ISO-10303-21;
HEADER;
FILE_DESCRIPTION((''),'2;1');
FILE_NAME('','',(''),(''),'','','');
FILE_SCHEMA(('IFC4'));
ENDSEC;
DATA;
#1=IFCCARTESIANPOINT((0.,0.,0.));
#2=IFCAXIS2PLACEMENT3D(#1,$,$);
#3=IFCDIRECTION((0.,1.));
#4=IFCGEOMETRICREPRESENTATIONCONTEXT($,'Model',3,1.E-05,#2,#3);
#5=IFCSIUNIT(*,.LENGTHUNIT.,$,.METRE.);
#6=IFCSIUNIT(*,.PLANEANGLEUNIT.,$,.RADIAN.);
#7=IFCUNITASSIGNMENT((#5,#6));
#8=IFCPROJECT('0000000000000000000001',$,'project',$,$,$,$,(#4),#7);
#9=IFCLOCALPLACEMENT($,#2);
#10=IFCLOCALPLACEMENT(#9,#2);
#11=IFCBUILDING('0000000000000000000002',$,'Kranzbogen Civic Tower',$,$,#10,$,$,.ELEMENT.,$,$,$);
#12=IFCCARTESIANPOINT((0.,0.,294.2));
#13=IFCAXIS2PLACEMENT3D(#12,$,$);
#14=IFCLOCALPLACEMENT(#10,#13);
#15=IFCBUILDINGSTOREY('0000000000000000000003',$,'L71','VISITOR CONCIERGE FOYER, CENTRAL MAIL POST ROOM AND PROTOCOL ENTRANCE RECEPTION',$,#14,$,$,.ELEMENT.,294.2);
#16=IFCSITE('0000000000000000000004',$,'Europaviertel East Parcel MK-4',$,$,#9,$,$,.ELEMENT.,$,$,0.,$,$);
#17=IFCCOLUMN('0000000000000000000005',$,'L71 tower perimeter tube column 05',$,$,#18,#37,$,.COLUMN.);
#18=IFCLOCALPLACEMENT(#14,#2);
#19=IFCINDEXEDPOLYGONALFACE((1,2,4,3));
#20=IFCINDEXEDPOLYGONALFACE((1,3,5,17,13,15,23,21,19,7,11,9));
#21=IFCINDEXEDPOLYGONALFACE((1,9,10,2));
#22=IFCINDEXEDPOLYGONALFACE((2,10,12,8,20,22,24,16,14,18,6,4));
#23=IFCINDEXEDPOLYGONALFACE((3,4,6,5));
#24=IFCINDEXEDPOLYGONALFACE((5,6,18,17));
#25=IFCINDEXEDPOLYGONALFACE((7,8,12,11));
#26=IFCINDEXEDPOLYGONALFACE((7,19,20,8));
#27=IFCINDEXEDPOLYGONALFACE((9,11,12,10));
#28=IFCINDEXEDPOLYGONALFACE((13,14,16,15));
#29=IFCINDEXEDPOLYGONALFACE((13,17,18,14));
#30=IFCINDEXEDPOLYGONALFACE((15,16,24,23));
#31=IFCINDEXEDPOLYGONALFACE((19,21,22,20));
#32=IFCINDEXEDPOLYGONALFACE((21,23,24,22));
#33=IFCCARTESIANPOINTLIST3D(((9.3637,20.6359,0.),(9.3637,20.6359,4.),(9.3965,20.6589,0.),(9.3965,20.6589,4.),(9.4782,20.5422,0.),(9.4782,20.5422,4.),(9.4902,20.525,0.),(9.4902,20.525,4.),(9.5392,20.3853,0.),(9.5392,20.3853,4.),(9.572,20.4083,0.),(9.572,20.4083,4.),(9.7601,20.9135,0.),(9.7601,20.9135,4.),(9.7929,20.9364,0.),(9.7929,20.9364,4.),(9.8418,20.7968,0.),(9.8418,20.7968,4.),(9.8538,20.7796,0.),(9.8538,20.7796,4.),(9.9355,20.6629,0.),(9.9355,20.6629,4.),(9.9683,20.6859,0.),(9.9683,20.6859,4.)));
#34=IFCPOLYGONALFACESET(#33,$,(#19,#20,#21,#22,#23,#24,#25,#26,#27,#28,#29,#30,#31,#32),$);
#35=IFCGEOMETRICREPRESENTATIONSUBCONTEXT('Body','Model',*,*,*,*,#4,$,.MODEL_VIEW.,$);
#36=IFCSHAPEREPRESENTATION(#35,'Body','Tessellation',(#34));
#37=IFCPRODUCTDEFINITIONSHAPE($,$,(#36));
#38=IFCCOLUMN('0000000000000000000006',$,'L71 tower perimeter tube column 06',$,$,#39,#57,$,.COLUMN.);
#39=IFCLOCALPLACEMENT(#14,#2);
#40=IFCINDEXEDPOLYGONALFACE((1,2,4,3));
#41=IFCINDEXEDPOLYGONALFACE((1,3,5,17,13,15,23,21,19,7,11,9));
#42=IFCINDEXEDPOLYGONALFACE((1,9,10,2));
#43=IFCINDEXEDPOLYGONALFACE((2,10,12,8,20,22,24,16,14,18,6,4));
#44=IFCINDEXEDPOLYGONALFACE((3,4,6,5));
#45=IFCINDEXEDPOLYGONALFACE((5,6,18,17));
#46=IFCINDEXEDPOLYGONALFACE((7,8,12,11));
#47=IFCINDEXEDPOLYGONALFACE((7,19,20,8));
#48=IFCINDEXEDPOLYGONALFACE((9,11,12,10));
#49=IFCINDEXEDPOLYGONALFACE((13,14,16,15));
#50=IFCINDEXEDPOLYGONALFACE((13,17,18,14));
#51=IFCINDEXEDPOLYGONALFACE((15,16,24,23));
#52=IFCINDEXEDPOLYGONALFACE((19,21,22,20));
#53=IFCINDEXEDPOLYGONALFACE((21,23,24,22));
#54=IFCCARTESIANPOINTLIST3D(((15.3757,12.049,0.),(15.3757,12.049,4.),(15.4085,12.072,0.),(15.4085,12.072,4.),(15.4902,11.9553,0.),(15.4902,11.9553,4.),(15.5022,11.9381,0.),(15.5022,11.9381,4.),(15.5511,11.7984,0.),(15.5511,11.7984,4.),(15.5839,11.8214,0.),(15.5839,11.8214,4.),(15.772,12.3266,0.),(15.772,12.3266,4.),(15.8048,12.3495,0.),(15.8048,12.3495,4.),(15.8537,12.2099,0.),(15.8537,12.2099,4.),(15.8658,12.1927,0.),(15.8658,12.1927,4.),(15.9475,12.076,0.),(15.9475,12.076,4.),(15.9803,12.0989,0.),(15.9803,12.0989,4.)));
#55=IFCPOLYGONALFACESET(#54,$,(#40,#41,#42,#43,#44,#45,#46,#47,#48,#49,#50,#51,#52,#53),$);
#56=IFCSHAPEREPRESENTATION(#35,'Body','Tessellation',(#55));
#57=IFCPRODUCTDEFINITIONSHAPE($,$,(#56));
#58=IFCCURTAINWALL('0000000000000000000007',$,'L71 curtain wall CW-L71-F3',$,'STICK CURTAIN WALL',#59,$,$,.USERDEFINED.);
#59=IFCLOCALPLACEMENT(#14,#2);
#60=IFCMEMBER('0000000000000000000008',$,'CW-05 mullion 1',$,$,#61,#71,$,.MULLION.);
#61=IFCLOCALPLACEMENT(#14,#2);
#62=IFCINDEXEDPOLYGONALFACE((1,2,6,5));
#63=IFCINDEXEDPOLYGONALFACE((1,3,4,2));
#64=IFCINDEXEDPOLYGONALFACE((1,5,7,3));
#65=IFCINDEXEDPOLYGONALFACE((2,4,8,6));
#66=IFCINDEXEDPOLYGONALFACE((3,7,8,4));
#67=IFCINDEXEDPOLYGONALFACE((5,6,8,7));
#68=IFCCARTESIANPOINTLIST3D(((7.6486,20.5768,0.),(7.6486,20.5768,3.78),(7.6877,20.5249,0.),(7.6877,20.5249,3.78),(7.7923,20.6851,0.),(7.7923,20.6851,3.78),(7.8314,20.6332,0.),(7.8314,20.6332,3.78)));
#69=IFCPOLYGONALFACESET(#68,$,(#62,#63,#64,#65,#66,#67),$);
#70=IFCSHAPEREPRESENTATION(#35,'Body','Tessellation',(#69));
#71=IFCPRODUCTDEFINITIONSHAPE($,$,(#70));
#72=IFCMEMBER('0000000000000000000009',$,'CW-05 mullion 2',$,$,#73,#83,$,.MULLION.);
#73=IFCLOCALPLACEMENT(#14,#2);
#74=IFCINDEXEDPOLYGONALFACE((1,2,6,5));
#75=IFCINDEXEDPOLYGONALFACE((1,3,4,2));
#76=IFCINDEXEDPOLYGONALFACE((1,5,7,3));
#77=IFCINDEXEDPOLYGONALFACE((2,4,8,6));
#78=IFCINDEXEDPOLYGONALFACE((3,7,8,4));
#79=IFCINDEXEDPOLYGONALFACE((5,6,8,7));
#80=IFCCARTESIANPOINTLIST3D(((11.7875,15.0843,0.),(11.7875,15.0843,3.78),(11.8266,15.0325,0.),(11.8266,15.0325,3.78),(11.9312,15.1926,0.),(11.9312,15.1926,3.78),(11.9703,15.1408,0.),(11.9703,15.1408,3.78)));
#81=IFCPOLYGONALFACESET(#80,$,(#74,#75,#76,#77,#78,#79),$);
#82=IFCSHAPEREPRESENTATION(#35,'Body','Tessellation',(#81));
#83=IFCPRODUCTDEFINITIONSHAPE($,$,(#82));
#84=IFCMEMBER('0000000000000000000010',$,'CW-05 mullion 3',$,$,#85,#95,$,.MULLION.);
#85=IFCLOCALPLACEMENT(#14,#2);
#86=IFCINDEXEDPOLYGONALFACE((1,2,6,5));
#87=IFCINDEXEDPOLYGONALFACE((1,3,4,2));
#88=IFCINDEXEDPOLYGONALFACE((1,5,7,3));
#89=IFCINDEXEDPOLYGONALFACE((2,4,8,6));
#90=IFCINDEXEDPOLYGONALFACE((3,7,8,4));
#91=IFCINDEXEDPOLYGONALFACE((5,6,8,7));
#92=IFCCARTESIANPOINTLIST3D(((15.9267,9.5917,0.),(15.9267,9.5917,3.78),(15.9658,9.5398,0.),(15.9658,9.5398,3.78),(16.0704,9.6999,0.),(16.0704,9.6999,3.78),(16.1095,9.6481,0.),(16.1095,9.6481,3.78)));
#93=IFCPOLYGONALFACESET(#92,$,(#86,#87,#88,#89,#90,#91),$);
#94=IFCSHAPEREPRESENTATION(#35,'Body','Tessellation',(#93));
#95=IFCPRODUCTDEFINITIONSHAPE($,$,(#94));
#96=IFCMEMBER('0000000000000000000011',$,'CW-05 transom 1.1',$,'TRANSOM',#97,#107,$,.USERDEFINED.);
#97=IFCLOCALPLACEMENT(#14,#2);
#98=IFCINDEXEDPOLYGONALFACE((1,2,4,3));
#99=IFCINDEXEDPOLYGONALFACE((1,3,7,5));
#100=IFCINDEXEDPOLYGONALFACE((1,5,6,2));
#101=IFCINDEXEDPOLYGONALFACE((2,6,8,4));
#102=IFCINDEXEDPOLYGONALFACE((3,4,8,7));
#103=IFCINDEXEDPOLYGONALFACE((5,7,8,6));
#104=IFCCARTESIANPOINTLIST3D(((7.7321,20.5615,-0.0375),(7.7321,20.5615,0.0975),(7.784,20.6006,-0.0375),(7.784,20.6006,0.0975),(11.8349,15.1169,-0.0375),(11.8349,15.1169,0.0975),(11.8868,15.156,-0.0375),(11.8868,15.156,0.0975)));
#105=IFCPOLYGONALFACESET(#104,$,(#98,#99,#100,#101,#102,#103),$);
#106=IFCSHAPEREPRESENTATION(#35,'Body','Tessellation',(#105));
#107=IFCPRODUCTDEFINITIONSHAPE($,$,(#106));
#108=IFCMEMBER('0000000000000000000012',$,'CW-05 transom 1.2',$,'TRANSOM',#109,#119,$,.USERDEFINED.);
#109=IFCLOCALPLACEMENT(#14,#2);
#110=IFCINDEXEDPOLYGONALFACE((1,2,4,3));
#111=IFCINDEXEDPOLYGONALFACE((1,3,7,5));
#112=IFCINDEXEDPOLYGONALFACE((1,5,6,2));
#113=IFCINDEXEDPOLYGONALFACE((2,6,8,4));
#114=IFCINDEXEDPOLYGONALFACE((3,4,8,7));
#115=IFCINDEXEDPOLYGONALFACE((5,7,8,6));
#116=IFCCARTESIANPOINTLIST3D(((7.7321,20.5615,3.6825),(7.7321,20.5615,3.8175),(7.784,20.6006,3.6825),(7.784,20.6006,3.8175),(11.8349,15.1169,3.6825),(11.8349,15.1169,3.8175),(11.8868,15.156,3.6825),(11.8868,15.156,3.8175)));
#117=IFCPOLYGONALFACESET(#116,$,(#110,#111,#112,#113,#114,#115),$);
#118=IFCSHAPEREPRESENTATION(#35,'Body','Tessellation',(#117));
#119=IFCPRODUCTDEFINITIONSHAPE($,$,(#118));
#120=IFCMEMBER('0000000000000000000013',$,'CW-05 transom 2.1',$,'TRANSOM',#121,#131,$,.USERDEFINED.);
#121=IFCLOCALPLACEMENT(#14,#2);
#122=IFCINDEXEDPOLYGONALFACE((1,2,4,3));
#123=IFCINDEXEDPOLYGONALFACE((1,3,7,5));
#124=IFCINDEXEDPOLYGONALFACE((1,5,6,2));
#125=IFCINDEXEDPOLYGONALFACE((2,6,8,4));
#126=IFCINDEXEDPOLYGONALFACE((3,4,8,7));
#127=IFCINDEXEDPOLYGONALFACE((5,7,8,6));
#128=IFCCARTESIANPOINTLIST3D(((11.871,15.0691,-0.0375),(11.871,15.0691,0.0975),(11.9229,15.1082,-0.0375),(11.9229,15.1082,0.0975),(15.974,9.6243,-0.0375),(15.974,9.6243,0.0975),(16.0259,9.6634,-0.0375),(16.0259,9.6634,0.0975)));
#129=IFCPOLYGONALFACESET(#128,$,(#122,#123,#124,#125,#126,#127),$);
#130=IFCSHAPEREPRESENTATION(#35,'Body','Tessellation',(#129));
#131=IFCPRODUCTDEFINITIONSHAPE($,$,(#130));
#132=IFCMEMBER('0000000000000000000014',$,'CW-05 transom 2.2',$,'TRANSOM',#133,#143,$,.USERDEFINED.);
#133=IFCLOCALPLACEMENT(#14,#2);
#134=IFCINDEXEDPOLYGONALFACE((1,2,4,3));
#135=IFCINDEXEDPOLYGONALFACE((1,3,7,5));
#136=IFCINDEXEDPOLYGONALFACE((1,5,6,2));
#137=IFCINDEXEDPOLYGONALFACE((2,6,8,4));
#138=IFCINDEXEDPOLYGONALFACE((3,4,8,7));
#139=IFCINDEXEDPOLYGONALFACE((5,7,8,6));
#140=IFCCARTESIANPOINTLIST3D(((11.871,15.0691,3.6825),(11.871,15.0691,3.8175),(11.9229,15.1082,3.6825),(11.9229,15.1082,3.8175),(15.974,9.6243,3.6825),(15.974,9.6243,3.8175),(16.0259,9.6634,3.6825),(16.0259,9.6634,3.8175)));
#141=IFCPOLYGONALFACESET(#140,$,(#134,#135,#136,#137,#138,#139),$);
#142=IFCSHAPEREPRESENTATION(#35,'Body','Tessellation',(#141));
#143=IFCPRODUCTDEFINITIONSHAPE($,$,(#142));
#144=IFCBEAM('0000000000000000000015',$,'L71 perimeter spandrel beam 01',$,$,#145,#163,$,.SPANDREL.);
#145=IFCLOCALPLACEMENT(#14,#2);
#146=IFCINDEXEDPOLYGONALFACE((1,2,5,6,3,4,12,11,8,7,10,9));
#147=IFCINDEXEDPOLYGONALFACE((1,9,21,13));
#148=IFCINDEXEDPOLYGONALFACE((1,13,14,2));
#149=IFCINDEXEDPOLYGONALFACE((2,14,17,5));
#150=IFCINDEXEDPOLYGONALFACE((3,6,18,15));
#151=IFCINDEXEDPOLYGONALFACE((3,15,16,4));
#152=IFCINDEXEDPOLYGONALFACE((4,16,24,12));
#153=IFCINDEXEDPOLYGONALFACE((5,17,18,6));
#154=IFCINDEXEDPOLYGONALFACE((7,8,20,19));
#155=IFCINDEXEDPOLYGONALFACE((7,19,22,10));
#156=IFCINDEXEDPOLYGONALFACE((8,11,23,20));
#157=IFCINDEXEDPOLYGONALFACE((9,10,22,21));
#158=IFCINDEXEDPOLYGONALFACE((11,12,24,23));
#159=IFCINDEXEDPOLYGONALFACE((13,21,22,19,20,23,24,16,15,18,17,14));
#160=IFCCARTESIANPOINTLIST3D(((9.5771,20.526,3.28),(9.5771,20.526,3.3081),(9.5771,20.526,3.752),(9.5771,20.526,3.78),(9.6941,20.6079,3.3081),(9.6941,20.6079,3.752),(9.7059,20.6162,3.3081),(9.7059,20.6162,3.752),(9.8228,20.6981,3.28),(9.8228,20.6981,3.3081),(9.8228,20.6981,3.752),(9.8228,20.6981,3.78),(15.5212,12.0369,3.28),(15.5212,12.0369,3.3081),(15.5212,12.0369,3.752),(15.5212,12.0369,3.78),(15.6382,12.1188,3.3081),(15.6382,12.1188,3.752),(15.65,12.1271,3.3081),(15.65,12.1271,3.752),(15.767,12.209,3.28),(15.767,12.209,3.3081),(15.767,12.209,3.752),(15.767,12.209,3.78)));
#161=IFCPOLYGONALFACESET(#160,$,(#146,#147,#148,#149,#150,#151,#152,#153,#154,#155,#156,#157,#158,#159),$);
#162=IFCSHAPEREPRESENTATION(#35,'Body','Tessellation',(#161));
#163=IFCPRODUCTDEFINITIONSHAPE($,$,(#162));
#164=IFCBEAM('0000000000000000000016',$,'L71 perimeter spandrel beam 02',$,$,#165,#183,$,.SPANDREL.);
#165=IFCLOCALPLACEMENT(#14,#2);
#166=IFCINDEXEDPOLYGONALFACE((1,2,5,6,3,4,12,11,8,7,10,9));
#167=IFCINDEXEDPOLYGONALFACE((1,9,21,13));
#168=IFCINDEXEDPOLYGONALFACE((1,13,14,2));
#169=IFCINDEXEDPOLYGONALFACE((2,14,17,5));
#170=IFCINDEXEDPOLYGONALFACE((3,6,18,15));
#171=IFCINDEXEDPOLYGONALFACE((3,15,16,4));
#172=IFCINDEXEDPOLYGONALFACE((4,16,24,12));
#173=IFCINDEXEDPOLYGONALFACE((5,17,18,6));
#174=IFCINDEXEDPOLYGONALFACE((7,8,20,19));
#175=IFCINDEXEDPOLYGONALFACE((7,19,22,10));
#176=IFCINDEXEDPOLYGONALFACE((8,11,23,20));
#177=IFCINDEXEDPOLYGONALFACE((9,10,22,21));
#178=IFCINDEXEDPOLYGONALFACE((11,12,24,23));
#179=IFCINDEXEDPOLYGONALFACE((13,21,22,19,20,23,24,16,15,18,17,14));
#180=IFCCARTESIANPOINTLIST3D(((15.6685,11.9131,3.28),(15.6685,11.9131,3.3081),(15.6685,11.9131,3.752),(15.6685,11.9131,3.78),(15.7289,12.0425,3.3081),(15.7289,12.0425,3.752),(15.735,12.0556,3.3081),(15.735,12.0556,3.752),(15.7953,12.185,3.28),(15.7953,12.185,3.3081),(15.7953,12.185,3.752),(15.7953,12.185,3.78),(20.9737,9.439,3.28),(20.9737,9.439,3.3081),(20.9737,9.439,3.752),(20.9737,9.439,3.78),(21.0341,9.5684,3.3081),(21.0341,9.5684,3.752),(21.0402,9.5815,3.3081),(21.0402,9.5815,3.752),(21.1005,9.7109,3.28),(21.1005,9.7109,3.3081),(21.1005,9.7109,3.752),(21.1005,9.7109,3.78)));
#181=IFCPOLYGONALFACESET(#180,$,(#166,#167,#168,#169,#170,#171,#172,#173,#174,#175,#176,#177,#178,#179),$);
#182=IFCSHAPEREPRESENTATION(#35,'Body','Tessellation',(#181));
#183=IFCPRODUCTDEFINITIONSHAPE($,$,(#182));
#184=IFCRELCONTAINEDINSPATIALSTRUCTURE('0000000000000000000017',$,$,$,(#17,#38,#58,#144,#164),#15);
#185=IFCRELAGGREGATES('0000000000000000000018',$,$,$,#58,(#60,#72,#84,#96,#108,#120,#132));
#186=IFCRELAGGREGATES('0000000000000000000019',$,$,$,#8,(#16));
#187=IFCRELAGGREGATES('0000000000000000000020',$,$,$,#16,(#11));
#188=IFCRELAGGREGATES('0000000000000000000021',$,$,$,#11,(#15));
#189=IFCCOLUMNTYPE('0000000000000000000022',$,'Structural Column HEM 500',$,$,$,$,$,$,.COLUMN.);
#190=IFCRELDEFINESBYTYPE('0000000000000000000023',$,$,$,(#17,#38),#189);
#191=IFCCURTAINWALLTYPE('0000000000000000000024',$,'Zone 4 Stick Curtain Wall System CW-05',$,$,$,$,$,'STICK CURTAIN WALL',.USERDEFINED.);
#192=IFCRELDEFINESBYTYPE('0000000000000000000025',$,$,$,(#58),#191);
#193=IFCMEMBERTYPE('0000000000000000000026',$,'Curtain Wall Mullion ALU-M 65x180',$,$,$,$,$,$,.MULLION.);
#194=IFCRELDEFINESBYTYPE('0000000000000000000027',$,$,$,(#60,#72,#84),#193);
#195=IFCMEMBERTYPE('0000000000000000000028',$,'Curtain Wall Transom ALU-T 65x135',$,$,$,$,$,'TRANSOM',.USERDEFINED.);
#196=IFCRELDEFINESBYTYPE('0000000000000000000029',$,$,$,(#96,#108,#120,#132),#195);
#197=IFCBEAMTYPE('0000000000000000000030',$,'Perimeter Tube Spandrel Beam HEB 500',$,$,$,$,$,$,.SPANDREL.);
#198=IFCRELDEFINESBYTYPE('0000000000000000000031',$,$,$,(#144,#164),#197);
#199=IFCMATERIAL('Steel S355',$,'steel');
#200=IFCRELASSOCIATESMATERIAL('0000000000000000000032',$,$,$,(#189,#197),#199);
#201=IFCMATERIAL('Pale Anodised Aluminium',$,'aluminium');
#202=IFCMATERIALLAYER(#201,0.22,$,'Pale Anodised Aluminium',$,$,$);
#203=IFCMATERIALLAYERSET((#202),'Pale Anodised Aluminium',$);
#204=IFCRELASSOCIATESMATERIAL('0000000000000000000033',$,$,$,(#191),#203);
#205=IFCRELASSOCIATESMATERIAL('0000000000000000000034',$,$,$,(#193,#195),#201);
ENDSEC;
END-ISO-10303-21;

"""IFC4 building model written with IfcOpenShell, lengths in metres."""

from ifc_helpers import new_model, si_unit, direction, frame, origin, origin_2d, place, context, subcontext, project, spatial, rectangle, i_section, extrude, material, layer, layer_set, material_profile, profile_set, type_object, element, aggregate, save


model = new_model("IFC4")

# Units and contexts
model_context = context("Model", 3, precision=1e-05, world=origin(), true_north=direction((0.0, 1.0)))
body_context = subcontext(model_context, "Body", "Model", "MODEL_VIEW")
ifc_project = project(units=[si_unit("LENGTHUNIT", "METRE"), si_unit("PLANEANGLEUNIT", "RADIAN")], contexts=[model_context])

# Site, building, storey
site_placement = place(None, origin())
site = spatial("IfcSite", under=ifc_project, at=site_placement, Name="Europaviertel East Parcel MK-4", CompositionType="ELEMENT", RefElevation=0.0)
building_placement = place(site_placement, origin())
building = spatial("IfcBuilding", under=site, at=building_placement, Name="Kranzbogen Civic Tower", CompositionType="ELEMENT")
storey_placement = place(building_placement, frame((0.0, 0.0, 294.2)))
storey = spatial("IfcBuildingStorey", under=building, at=storey_placement, Name="L71", Description="VISITOR CONCIERGE FOYER, CENTRAL MAIL POST ROOM AND PROTOCOL ENTRANCE RECEPTION", CompositionType="ELEMENT", Elevation=294.2)

# Columns
ifc_material_1 = material(Name="Steel S355", Category="steel")
ifc_material_profile_1 = material_profile(ifc_material_1, i_section(OverallWidth=0.3059, OverallDepth=0.5239, WebThickness=0.021, FlangeThickness=0.04, at=origin_2d()), Name="HEM 500")
ifc_profile_set_1 = profile_set([ifc_material_profile_1], Name="Steel S355")
column_type = type_object("IfcColumnType", Name="Structural Column HEM 500", PredefinedType="COLUMN", material=ifc_profile_set_1)
for number, where, z_axis, x_axis, name in (
    (1, (9.666, 20.6609, 0.0), (0.0, 0.0, 1.0), (-0.573576, 0.819152, 0.0), "L71 tower perimeter tube column 05"),
    (2, (15.678, 12.074, 0.0), (0.0, 0.0, 1.0), (-0.573576, 0.819152, 0.0), "L71 tower perimeter tube column 06"),
):
    element("IfcColumn", number, at=place(storey_placement, frame(where, z_axis=z_axis, x_axis=x_axis)), inside=storey, type_object=column_type, Name=name, PredefinedType="COLUMN", context=body_context, shape_type="SweptSolid", body=[
        extrude(i_section(OverallWidth=0.3059, OverallDepth=0.5239, WebThickness=0.021, FlangeThickness=0.04, at=origin_2d()), origin(), (0.0, 0.0, 1.0), 4.0),
    ])

# Curtain wall, members
ifc_material_2 = material(Name="Pale Anodised Aluminium", Category="aluminium")
ifc_layer_1 = layer(ifc_material_2, 0.22, Name="Pale Anodised Aluminium")
ifc_layer_set_1 = layer_set([ifc_layer_1], Name="Pale Anodised Aluminium")
curtain_wall_type = type_object("IfcCurtainWallType", Name="Zone 4 Stick Curtain Wall System CW-05", ElementType="STICK CURTAIN WALL", PredefinedType="USERDEFINED", material=ifc_layer_set_1)
curtain_wall_placement = place(storey_placement, origin())
curtain_wall = element("IfcCurtainWall", 3, at=curtain_wall_placement, inside=storey, type_object=curtain_wall_type, Name="L71 curtain wall CW-L71-F3", ObjectType="STICK CURTAIN WALL", PredefinedType="USERDEFINED")
ifc_material_profile_2 = material_profile(ifc_material_2, rectangle(XDim=0.0649, YDim=0.1799, at=origin_2d()), Name="ALU-M 65x180")
ifc_profile_set_2 = profile_set([ifc_material_profile_2], Name="Pale Anodised Aluminium")
member_type_1 = type_object("IfcMemberType", Name="Curtain Wall Mullion ALU-M 65x180", PredefinedType="MULLION", material=ifc_profile_set_2)
member_1_placement = place(storey_placement, frame((7.74, 20.605, 0.0), z_axis=(0.0, 0.0, 1.0), x_axis=(0.601817, -0.798634, 0.0)))
member_1 = element("IfcMember", 4, at=member_1_placement, type_object=member_type_1, Name="CW-05 mullion 1", PredefinedType="MULLION", context=body_context, shape_type="SweptSolid", body=[
    extrude(rectangle(XDim=0.0649, YDim=0.1799, at=origin_2d()), origin(), (0.0, 0.0, 1.0), 3.78),
])
member_2_placement = place(storey_placement, frame((11.8789, 15.1125, 0.0), z_axis=(0.0, 0.0, 1.0), x_axis=(0.601817, -0.798634, 0.0)))
member_2 = element("IfcMember", 5, at=member_2_placement, type_object=member_type_1, Name="CW-05 mullion 2", PredefinedType="MULLION", context=body_context, shape_type="SweptSolid", body=[
    extrude(rectangle(XDim=0.0649, YDim=0.1799, at=origin_2d()), origin(), (0.0, 0.0, 1.0), 3.78),
])
member_3_placement = place(storey_placement, frame((16.0181, 9.6199, 0.0), z_axis=(0.0, 0.0, 1.0), x_axis=(0.601817, -0.798634, 0.0)))
member_3 = element("IfcMember", 6, at=member_3_placement, type_object=member_type_1, Name="CW-05 mullion 3", PredefinedType="MULLION", context=body_context, shape_type="SweptSolid", body=[
    extrude(rectangle(XDim=0.0649, YDim=0.1799, at=origin_2d()), origin(), (0.0, 0.0, 1.0), 3.78),
])
ifc_material_profile_3 = material_profile(ifc_material_2, rectangle(XDim=0.0649, YDim=0.135, at=origin_2d()), Name="ALU-T 65x135")
ifc_profile_set_3 = profile_set([ifc_material_profile_3], Name="Pale Anodised Aluminium")
member_type_2 = type_object("IfcMemberType", Name="Curtain Wall Transom ALU-T 65x135", ElementType="TRANSOM", PredefinedType="USERDEFINED", material=ifc_profile_set_3)
member_4_placement = place(storey_placement, frame((7.7581, 20.5811, 0.03), z_axis=(0.601815, -0.798636, 0.0), x_axis=(0.798636, 0.601815, 0.0)))
member_4 = element("IfcMember", 7, at=member_4_placement, type_object=member_type_2, Name="CW-05 transom 1.1", ObjectType="TRANSOM", PredefinedType="USERDEFINED", context=body_context, shape_type="SweptSolid", body=[
    extrude(rectangle(XDim=0.0649, YDim=0.135, at=origin_2d()), origin(), (0.0, 0.0, 1.0), 6.8174),
])
member_5_placement = place(storey_placement, frame((7.7581, 20.5811, 3.75), z_axis=(0.601815, -0.798636, 0.0), x_axis=(0.798636, 0.601815, 0.0)))
member_5 = element("IfcMember", 8, at=member_5_placement, type_object=member_type_2, Name="CW-05 transom 1.2", ObjectType="TRANSOM", PredefinedType="USERDEFINED", context=body_context, shape_type="SweptSolid", body=[
    extrude(rectangle(XDim=0.0649, YDim=0.135, at=origin_2d()), origin(), (0.0, 0.0, 1.0), 6.8174),
])
member_6_placement = place(storey_placement, frame((11.897, 15.0886, 0.03), z_axis=(0.60182, -0.798631, 0.0), x_axis=(0.798631, 0.60182, 0.0)))
member_6 = element("IfcMember", 9, at=member_6_placement, type_object=member_type_2, Name="CW-05 transom 2.1", ObjectType="TRANSOM", PredefinedType="USERDEFINED", context=body_context, shape_type="SweptSolid", body=[
    extrude(rectangle(XDim=0.0649, YDim=0.135, at=origin_2d()), origin(), (0.0, 0.0, 1.0), 6.8176),
])
member_7_placement = place(storey_placement, frame((11.897, 15.0886, 3.75), z_axis=(0.60182, -0.798631, 0.0), x_axis=(0.798631, 0.60182, 0.0)))
member_7 = element("IfcMember", 10, at=member_7_placement, type_object=member_type_2, Name="CW-05 transom 2.2", ObjectType="TRANSOM", PredefinedType="USERDEFINED", context=body_context, shape_type="SweptSolid", body=[
    extrude(rectangle(XDim=0.0649, YDim=0.135, at=origin_2d()), origin(), (0.0, 0.0, 1.0), 6.8176),
])

# Beams
ifc_material_profile_4 = material_profile(ifc_material_1, i_section(OverallWidth=0.3, OverallDepth=0.5, WebThickness=0.0144, FlangeThickness=0.0281, at=origin_2d()), Name="HEB 500")
ifc_profile_set_4 = profile_set([ifc_material_profile_4], Name="Steel S355")
beam_type_1 = type_object("IfcBeamType", Name="Perimeter Tube Spandrel Beam HEB 500", PredefinedType="SPANDREL", material=ifc_profile_set_4)
beam_1_placement = place(storey_placement, frame((9.7, 20.6121, 3.53), z_axis=(0.573578, -0.819151, 0.0), x_axis=(0.819151, 0.573578, 0.0)))
element("IfcBeam", 11, at=beam_1_placement, inside=storey, type_object=beam_type_1, Name="L71 perimeter spandrel beam 01", PredefinedType="SPANDREL", context=body_context, shape_type="SweptSolid", body=[
    extrude(i_section(OverallWidth=0.3, OverallDepth=0.5, WebThickness=0.0144, FlangeThickness=0.0281, at=origin_2d()), origin(), (0.0, 0.0, 1.0), 10.3633),
])
beam_2_placement = place(storey_placement, frame((15.7319, 12.0491, 3.53), z_axis=(0.90629, -0.422657, 0.0), x_axis=(0.422657, 0.90629, 0.0)))
element("IfcBeam", 12, at=beam_2_placement, inside=storey, type_object=beam_type_1, Name="L71 perimeter spandrel beam 02", PredefinedType="SPANDREL", context=body_context, shape_type="SweptSolid", body=[
    extrude(i_section(OverallWidth=0.3, OverallDepth=0.5, WebThickness=0.0144, FlangeThickness=0.0281, at=origin_2d()), origin(), (0.0, 0.0, 1.0), 5.8538),
])

aggregate(curtain_wall, [member_1, member_2, member_3, member_4, member_5, member_6, member_7])

save(model, "model.ifc")
